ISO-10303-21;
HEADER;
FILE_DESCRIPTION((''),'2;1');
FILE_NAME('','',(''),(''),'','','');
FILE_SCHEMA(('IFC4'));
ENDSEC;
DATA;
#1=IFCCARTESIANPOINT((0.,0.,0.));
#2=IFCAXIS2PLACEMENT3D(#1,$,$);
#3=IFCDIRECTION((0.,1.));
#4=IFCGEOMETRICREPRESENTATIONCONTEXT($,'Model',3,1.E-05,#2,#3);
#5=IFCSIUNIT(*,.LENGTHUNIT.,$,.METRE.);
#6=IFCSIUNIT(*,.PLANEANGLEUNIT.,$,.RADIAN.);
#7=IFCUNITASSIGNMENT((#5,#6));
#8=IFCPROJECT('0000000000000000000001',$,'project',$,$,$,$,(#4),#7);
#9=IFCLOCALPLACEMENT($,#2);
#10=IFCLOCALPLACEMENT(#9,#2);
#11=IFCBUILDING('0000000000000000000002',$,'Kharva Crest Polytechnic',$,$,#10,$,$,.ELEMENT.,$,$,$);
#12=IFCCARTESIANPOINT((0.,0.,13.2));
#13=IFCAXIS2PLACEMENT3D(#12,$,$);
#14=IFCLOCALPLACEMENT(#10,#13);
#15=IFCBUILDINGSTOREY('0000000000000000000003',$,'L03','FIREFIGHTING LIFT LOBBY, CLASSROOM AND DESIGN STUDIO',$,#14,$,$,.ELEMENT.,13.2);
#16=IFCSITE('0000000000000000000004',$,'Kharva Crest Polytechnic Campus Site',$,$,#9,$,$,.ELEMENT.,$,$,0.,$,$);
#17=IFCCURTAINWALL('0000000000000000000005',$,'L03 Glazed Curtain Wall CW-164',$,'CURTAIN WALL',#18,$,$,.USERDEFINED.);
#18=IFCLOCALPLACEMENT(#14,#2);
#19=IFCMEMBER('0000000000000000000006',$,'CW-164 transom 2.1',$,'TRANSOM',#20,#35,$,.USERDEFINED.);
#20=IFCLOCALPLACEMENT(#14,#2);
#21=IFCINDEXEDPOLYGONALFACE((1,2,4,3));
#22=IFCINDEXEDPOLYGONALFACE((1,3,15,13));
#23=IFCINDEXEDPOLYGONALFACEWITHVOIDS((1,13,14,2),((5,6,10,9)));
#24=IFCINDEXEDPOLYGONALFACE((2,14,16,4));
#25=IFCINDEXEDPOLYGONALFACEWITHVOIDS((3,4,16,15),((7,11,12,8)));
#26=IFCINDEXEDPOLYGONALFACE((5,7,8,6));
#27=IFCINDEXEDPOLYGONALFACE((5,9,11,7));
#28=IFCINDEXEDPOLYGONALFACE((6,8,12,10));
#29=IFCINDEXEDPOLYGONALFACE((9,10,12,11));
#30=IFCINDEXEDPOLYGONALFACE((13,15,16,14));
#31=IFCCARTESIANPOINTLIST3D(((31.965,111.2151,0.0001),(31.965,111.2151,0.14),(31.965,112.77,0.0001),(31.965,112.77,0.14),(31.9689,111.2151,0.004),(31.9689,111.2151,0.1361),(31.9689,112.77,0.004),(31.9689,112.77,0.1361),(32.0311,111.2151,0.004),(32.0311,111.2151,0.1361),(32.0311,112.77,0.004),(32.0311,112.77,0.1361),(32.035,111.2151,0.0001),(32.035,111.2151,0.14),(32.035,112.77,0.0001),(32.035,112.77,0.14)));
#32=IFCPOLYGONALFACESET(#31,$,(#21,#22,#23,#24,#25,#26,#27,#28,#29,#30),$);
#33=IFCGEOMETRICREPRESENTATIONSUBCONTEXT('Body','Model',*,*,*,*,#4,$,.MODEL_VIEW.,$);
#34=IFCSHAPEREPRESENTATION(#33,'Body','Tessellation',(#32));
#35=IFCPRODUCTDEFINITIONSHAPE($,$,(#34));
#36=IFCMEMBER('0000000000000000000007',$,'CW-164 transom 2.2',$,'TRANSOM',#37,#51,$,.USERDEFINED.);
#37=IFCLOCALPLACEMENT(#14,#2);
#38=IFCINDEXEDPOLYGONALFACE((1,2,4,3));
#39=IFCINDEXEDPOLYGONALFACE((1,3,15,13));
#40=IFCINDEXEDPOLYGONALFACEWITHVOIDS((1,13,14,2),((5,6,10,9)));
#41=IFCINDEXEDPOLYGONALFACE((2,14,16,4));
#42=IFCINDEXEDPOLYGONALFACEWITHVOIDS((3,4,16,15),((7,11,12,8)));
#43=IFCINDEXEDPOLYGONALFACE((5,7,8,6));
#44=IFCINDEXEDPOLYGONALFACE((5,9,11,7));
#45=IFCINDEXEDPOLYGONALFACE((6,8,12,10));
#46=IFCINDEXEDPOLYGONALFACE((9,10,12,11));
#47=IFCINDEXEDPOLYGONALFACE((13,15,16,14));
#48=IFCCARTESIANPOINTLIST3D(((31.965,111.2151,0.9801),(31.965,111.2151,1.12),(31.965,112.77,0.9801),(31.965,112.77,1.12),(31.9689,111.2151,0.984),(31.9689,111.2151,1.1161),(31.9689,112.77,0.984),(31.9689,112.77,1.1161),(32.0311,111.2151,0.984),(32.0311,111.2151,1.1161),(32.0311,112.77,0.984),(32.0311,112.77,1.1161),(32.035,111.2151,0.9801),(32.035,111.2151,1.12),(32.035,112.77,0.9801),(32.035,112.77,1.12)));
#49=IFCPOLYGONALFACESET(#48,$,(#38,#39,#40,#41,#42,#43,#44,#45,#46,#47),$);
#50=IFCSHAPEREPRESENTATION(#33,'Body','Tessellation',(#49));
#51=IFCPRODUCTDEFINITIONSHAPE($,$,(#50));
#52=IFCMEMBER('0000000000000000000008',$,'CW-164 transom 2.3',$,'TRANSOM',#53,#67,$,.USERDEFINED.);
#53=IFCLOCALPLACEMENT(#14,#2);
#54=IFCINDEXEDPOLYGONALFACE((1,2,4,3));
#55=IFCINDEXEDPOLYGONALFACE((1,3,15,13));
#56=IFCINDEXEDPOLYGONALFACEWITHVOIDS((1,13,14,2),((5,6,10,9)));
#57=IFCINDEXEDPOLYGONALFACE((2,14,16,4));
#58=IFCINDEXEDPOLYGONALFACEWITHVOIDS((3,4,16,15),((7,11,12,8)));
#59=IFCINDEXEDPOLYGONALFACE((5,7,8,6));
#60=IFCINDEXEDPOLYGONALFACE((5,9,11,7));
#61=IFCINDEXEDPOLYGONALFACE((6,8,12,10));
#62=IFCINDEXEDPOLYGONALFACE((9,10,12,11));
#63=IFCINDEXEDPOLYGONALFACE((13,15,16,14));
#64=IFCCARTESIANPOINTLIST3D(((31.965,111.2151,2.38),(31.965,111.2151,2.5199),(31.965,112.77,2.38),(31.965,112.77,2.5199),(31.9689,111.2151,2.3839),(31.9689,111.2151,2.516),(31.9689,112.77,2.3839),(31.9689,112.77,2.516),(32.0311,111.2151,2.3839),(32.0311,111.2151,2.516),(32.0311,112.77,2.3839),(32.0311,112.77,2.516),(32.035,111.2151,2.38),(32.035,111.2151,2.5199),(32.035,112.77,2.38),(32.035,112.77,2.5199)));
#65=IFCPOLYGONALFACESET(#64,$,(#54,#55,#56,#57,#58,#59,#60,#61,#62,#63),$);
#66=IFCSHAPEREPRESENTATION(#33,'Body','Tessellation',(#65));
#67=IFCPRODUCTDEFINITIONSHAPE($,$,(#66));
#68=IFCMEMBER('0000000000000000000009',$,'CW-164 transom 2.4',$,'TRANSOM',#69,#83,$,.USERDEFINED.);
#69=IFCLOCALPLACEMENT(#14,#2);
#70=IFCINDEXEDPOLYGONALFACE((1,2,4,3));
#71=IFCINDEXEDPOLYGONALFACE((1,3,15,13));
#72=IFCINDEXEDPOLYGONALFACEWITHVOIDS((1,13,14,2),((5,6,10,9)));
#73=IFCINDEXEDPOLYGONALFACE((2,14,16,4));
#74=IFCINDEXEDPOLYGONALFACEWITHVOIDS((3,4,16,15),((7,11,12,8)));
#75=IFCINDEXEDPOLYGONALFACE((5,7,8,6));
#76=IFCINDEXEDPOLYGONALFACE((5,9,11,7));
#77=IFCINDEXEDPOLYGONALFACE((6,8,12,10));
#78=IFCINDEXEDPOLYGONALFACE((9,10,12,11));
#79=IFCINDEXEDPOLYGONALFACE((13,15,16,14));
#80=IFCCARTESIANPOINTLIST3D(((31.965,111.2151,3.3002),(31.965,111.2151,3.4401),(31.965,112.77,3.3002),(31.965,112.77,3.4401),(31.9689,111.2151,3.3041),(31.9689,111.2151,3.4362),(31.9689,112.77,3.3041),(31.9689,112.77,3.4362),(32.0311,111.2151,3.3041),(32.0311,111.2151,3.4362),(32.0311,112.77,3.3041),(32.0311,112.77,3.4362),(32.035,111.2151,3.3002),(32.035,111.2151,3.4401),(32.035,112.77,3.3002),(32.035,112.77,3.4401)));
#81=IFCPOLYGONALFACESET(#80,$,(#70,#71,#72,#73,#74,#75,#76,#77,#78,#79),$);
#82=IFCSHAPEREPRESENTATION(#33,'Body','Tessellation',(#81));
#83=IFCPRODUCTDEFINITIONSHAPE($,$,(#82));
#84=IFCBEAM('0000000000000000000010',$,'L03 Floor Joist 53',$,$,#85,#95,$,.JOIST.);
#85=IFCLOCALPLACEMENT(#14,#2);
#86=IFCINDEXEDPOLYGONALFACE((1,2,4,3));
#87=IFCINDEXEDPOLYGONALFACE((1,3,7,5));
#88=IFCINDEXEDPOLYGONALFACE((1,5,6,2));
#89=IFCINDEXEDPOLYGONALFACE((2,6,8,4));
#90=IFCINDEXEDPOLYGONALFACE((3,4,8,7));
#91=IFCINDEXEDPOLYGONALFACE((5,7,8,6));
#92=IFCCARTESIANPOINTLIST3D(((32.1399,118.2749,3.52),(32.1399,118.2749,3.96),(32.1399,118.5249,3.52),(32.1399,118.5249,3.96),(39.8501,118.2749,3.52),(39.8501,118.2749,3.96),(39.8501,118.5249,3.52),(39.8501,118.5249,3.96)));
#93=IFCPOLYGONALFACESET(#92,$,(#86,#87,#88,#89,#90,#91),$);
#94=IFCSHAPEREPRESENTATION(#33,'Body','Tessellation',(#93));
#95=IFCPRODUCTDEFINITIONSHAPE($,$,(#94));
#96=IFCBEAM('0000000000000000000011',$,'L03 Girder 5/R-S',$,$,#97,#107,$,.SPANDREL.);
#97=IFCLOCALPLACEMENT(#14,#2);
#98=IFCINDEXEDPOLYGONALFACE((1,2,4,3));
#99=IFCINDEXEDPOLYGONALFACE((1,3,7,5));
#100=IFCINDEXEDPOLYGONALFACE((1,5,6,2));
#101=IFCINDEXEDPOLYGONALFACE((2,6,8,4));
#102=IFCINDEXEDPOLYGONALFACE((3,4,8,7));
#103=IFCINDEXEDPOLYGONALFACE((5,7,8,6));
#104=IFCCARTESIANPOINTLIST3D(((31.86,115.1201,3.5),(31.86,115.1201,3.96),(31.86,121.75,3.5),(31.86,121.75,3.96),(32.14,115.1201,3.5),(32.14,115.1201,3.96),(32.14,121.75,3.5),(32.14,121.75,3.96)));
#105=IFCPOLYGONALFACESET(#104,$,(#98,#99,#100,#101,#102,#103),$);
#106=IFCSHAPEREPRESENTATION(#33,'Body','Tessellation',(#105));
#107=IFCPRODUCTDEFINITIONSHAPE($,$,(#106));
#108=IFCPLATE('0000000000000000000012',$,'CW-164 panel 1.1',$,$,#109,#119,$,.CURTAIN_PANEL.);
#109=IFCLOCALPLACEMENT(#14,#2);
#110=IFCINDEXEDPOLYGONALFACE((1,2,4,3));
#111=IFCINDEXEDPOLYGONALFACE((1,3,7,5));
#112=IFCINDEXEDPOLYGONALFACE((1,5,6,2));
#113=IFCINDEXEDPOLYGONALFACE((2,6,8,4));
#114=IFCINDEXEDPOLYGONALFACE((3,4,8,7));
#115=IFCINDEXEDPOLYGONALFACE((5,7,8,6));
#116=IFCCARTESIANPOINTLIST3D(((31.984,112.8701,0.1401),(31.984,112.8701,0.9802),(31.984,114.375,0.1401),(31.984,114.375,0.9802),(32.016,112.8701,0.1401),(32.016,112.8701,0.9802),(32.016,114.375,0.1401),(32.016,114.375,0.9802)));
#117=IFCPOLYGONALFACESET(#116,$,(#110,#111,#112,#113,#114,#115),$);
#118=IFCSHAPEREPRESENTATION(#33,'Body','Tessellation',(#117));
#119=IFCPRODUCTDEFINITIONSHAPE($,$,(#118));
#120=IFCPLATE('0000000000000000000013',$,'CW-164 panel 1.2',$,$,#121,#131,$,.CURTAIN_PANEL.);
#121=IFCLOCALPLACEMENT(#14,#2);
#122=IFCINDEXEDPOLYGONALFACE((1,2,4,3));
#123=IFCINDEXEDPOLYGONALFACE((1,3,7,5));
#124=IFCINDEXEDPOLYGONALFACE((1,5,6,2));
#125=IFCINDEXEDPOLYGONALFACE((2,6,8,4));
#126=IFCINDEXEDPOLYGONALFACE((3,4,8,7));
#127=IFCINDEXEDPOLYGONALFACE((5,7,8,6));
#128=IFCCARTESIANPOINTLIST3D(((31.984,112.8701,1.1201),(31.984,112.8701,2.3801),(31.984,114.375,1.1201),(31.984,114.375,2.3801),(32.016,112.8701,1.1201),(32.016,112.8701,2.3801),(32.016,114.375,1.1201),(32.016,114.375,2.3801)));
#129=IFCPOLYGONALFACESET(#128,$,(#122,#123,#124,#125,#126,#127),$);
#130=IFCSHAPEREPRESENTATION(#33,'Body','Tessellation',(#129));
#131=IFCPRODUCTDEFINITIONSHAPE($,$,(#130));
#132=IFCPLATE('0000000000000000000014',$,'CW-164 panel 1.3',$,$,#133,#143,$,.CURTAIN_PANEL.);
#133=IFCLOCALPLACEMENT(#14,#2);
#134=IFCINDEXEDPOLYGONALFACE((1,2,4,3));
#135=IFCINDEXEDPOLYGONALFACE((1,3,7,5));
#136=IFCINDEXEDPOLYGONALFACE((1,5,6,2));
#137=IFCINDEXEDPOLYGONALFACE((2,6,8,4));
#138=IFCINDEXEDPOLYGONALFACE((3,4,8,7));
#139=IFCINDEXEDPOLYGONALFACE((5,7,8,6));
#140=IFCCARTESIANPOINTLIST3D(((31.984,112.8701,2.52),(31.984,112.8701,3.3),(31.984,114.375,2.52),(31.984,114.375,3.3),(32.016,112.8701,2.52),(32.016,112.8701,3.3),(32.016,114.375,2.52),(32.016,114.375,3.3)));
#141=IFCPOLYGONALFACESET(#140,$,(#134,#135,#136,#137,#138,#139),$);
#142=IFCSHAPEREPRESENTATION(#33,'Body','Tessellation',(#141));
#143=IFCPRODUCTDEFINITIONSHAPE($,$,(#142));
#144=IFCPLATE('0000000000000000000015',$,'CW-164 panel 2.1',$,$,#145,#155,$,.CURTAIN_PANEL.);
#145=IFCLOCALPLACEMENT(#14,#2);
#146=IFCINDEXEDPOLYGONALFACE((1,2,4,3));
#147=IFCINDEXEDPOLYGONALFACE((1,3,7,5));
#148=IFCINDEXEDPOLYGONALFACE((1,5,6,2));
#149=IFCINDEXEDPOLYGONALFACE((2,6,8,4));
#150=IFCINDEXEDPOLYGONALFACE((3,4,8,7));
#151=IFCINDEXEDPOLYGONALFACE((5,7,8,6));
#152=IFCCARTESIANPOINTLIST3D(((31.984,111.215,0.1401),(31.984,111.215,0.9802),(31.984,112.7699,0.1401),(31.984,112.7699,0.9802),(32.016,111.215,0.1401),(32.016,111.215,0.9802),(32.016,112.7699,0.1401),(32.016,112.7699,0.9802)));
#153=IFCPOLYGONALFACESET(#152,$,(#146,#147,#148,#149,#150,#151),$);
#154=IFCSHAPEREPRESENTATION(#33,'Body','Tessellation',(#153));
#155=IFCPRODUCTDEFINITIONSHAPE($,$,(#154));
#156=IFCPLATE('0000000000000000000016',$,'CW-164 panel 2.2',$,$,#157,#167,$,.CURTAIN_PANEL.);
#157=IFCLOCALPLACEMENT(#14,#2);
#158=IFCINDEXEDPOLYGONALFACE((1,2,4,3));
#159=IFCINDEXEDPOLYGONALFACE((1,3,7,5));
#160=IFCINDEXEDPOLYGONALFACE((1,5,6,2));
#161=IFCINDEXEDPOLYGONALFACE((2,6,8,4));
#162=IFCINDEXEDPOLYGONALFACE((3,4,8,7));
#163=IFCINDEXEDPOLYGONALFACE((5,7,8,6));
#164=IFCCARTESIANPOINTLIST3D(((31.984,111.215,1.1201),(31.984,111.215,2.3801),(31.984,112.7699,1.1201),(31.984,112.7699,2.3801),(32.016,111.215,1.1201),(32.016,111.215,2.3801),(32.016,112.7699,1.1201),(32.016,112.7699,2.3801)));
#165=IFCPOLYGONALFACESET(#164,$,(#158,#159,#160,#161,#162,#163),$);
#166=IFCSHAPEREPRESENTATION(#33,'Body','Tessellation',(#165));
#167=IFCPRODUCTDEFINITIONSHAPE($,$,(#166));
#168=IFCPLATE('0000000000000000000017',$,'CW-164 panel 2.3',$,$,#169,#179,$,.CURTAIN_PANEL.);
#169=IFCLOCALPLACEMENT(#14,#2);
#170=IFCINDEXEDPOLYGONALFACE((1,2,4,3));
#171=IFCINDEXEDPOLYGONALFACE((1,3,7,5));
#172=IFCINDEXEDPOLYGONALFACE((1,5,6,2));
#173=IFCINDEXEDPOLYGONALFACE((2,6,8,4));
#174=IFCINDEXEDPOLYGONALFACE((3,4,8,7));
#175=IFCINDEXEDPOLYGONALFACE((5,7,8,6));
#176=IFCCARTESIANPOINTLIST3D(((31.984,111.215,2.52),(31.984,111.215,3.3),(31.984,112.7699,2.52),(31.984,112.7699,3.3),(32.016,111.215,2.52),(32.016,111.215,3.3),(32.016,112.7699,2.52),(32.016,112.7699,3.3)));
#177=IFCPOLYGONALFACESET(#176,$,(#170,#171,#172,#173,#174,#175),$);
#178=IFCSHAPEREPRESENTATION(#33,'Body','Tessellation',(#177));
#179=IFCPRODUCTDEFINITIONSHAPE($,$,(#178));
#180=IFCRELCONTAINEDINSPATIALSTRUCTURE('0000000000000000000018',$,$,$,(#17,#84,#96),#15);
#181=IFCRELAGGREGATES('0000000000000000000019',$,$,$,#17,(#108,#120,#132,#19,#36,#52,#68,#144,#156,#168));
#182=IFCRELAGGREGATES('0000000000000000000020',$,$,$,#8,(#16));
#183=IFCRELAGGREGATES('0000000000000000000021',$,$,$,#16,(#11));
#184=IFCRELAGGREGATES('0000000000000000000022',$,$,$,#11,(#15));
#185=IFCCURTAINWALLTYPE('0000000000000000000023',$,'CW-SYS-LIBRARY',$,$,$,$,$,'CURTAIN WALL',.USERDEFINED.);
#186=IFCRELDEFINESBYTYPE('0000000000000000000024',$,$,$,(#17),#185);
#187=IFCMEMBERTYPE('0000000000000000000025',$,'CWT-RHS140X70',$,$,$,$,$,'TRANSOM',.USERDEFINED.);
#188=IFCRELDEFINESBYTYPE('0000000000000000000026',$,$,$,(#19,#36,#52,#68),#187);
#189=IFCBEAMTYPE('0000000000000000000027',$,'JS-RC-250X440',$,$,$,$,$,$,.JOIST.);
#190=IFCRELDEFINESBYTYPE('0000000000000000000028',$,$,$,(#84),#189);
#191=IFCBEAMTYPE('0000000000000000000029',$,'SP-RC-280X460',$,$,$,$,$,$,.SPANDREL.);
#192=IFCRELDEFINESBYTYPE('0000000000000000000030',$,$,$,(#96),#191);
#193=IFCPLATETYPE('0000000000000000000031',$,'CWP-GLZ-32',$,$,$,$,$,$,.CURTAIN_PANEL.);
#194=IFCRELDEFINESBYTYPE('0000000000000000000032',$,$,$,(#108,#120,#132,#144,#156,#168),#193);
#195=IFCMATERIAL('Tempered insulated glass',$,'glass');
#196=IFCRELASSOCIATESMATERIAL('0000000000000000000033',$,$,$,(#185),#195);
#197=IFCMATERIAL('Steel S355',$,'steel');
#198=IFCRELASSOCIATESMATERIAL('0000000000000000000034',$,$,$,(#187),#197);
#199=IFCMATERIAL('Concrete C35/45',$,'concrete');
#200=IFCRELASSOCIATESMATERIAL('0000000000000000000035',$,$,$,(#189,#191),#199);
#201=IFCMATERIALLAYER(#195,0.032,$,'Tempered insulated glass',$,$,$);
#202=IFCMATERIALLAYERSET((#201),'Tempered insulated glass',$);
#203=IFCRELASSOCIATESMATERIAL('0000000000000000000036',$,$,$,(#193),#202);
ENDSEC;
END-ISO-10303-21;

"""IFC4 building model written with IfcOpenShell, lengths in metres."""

from ifc_helpers import new_model, si_unit, direction, frame, origin, origin_2d, place, context, subcontext, project, spatial, rectangle, hollow_rectangle, extrude, material, layer, layer_set, material_profile, profile_set, type_object, element, aggregate, save


model = new_model("IFC4")

# Units and contexts
model_context = context("Model", 3, precision=1e-05, world=origin(), true_north=direction((0.0, 1.0)))
body_context = subcontext(model_context, "Body", "Model", "MODEL_VIEW")
ifc_project = project(units=[si_unit("LENGTHUNIT", "METRE"), si_unit("PLANEANGLEUNIT", "RADIAN")], contexts=[model_context])

# Site, building, storey
site_placement = place(None, origin())
site = spatial("IfcSite", under=ifc_project, at=site_placement, Name="Kharva Crest Polytechnic Campus Site", CompositionType="ELEMENT", RefElevation=0.0)
building_placement = place(site_placement, origin())
building = spatial("IfcBuilding", under=site, at=building_placement, Name="Kharva Crest Polytechnic", CompositionType="ELEMENT")
storey_placement = place(building_placement, frame((0.0, 0.0, 13.2)))
storey = spatial("IfcBuildingStorey", under=building, at=storey_placement, Name="L03", Description="FIREFIGHTING LIFT LOBBY, CLASSROOM AND DESIGN STUDIO", CompositionType="ELEMENT", Elevation=13.2)

# Shared definitions
ifc_material_1 = material(Name="Concrete C35/45", Category="concrete")

# Curtain wall, members
ifc_material_2 = material(Name="Tempered insulated glass", Category="glass")
curtain_wall_type = type_object("IfcCurtainWallType", Name="CW-SYS-LIBRARY", ElementType="CURTAIN WALL", PredefinedType="USERDEFINED", material=ifc_material_2)
curtain_wall_placement = place(storey_placement, origin())
curtain_wall = element("IfcCurtainWall", 1, at=curtain_wall_placement, inside=storey, type_object=curtain_wall_type, Name="L03 Glazed Curtain Wall CW-164", ObjectType="CURTAIN WALL", PredefinedType="USERDEFINED")
ifc_material_3 = material(Name="Steel S355", Category="steel")
ifc_material_profile_1 = material_profile(ifc_material_3, hollow_rectangle(XDim=0.0701, YDim=0.1399, WallThickness=0.0039, at=origin_2d()), Name="RHS 140X70X4.0")
ifc_profile_set_1 = profile_set([ifc_material_profile_1], Name="Steel S355")
member_type_1 = type_object("IfcMemberType", Name="CWT-RHS140X70", ElementType="TRANSOM", PredefinedType="USERDEFINED", material=ifc_profile_set_1)
member_1_placement = place(storey_placement, frame((32.0, 112.77, 0.0701), z_axis=(0.0, -1.0, 0.0), x_axis=(1.0, 0.0, 0.0)))
member_1 = element("IfcMember", 2, at=member_1_placement, type_object=member_type_1, Name="CW-164 transom 2.1", ObjectType="TRANSOM", PredefinedType="USERDEFINED", context=body_context, shape_type="SweptSolid", body=[
    extrude(hollow_rectangle(XDim=0.0701, YDim=0.1399, WallThickness=0.0039, at=origin_2d()), origin(), (0.0, 0.0, 1.0), 1.5549),
])
member_2_placement = place(storey_placement, frame((32.0, 112.77, 1.05), z_axis=(0.0, -1.0, 0.0), x_axis=(1.0, 0.0, 0.0)))
member_2 = element("IfcMember", 3, at=member_2_placement, type_object=member_type_1, Name="CW-164 transom 2.2", ObjectType="TRANSOM", PredefinedType="USERDEFINED", context=body_context, shape_type="SweptSolid", body=[
    extrude(hollow_rectangle(XDim=0.0701, YDim=0.1399, WallThickness=0.0039, at=origin_2d()), origin(), (0.0, 0.0, 1.0), 1.5549),
])
member_3_placement = place(storey_placement, frame((32.0, 112.77, 2.45), z_axis=(0.0, -1.0, 0.0), x_axis=(1.0, 0.0, 0.0)))
member_3 = element("IfcMember", 4, at=member_3_placement, type_object=member_type_1, Name="CW-164 transom 2.3", ObjectType="TRANSOM", PredefinedType="USERDEFINED", context=body_context, shape_type="SweptSolid", body=[
    extrude(hollow_rectangle(XDim=0.0701, YDim=0.1399, WallThickness=0.0039, at=origin_2d()), origin(), (0.0, 0.0, 1.0), 1.5549),
])
member_4_placement = place(storey_placement, frame((32.0, 112.77, 3.3701), z_axis=(0.0, -1.0, 0.0), x_axis=(1.0, 0.0, 0.0)))
member_4 = element("IfcMember", 5, at=member_4_placement, type_object=member_type_1, Name="CW-164 transom 2.4", ObjectType="TRANSOM", PredefinedType="USERDEFINED", context=body_context, shape_type="SweptSolid", body=[
    extrude(hollow_rectangle(XDim=0.0701, YDim=0.1399, WallThickness=0.0039, at=origin_2d()), origin(), (0.0, 0.0, 1.0), 1.5549),
])

# Beams
ifc_material_profile_2 = material_profile(ifc_material_1, rectangle(XDim=0.25, YDim=0.4399, at=origin_2d()), Name="RECT 250 X 440")
ifc_profile_set_2 = profile_set([ifc_material_profile_2], Name="Concrete C35/45")
beam_type_1 = type_object("IfcBeamType", Name="JS-RC-250X440", PredefinedType="JOIST", material=ifc_profile_set_2)
beam_1_placement = place(storey_placement, frame((32.1399, 118.3999, 3.74), z_axis=(1.0, 0.0, 0.0), x_axis=(0.0, 1.0, 0.0)))
element("IfcBeam", 6, at=beam_1_placement, inside=storey, type_object=beam_type_1, Name="L03 Floor Joist 53", PredefinedType="JOIST", context=body_context, shape_type="SweptSolid", body=[
    extrude(rectangle(XDim=0.25, YDim=0.4399, at=origin_2d()), origin(), (0.0, 0.0, 1.0), 7.7102),
])
ifc_material_profile_3 = material_profile(ifc_material_1, rectangle(XDim=0.28, YDim=0.46, at=origin_2d()), Name="RECT 280 X 460")
ifc_profile_set_3 = profile_set([ifc_material_profile_3], Name="Concrete C35/45")
beam_type_2 = type_object("IfcBeamType", Name="SP-RC-280X460", PredefinedType="SPANDREL", material=ifc_profile_set_3)
beam_2_placement = place(storey_placement, frame((32.0, 115.1201, 3.73), z_axis=(0.0, 1.0, 0.0), x_axis=(-1.0, 0.0, 0.0)))
element("IfcBeam", 7, at=beam_2_placement, inside=storey, type_object=beam_type_2, Name="L03 Girder 5/R-S", PredefinedType="SPANDREL", context=body_context, shape_type="SweptSolid", body=[
    extrude(rectangle(XDim=0.28, YDim=0.46, at=origin_2d()), origin(), (0.0, 0.0, 1.0), 6.6299),
])

# Plates
ifc_layer_1 = layer(ifc_material_2, 0.032, Name="Tempered insulated glass")
ifc_layer_set_1 = layer_set([ifc_layer_1], Name="Tempered insulated glass")
plate_type = type_object("IfcPlateType", Name="CWP-GLZ-32", PredefinedType="CURTAIN_PANEL", material=ifc_layer_set_1)
plate_1_placement = place(storey_placement, frame((32.0, 113.6226, 0.1401), z_axis=(0.0, 0.0, 1.0), x_axis=(0.0, -1.0, 0.0)))
plate_1 = element("IfcPlate", 8, at=plate_1_placement, type_object=plate_type, Name="CW-164 panel 1.1", PredefinedType="CURTAIN_PANEL", context=body_context, shape_type="SweptSolid", body=[
    extrude(rectangle(XDim=1.5049, YDim=0.032, at=origin_2d()), origin(), (0.0, 0.0, 1.0), 0.8401),
])
plate_2_placement = place(storey_placement, frame((32.0, 113.6226, 1.1201), z_axis=(0.0, 0.0, 1.0), x_axis=(0.0, -1.0, 0.0)))
plate_2 = element("IfcPlate", 9, at=plate_2_placement, type_object=plate_type, Name="CW-164 panel 1.2", PredefinedType="CURTAIN_PANEL", context=body_context, shape_type="SweptSolid", body=[
    extrude(rectangle(XDim=1.5049, YDim=0.032, at=origin_2d()), origin(), (0.0, 0.0, 1.0), 1.26),
])
plate_3_placement = place(storey_placement, frame((32.0, 113.6226, 2.52), z_axis=(0.0, 0.0, 1.0), x_axis=(0.0, -1.0, 0.0)))
plate_3 = element("IfcPlate", 10, at=plate_3_placement, type_object=plate_type, Name="CW-164 panel 1.3", PredefinedType="CURTAIN_PANEL", context=body_context, shape_type="SweptSolid", body=[
    extrude(rectangle(XDim=1.5049, YDim=0.032, at=origin_2d()), origin(), (0.0, 0.0, 1.0), 0.78),
])
plate_4_placement = place(storey_placement, frame((32.0, 111.9924, 0.1401), z_axis=(0.0, 0.0, 1.0), x_axis=(0.0, -1.0, 0.0)))
plate_4 = element("IfcPlate", 11, at=plate_4_placement, type_object=plate_type, Name="CW-164 panel 2.1", PredefinedType="CURTAIN_PANEL", context=body_context, shape_type="SweptSolid", body=[
    extrude(rectangle(XDim=1.5549, YDim=0.032, at=origin_2d()), origin(), (0.0, 0.0, 1.0), 0.8401),
])
plate_5_placement = place(storey_placement, frame((32.0, 111.9924, 1.1201), z_axis=(0.0, 0.0, 1.0), x_axis=(0.0, -1.0, 0.0)))
plate_5 = element("IfcPlate", 12, at=plate_5_placement, type_object=plate_type, Name="CW-164 panel 2.2", PredefinedType="CURTAIN_PANEL", context=body_context, shape_type="SweptSolid", body=[
    extrude(rectangle(XDim=1.5549, YDim=0.032, at=origin_2d()), origin(), (0.0, 0.0, 1.0), 1.26),
])
plate_6_placement = place(storey_placement, frame((32.0, 111.9924, 2.52), z_axis=(0.0, 0.0, 1.0), x_axis=(0.0, -1.0, 0.0)))
plate_6 = element("IfcPlate", 13, at=plate_6_placement, type_object=plate_type, Name="CW-164 panel 2.3", PredefinedType="CURTAIN_PANEL", context=body_context, shape_type="SweptSolid", body=[
    extrude(rectangle(XDim=1.5549, YDim=0.032, at=origin_2d()), origin(), (0.0, 0.0, 1.0), 0.78),
])
aggregate(curtain_wall, [plate_1, plate_2, plate_3, member_1, member_2, member_3, member_4, plate_4, plate_5, plate_6])

save(model, "model.ifc")
